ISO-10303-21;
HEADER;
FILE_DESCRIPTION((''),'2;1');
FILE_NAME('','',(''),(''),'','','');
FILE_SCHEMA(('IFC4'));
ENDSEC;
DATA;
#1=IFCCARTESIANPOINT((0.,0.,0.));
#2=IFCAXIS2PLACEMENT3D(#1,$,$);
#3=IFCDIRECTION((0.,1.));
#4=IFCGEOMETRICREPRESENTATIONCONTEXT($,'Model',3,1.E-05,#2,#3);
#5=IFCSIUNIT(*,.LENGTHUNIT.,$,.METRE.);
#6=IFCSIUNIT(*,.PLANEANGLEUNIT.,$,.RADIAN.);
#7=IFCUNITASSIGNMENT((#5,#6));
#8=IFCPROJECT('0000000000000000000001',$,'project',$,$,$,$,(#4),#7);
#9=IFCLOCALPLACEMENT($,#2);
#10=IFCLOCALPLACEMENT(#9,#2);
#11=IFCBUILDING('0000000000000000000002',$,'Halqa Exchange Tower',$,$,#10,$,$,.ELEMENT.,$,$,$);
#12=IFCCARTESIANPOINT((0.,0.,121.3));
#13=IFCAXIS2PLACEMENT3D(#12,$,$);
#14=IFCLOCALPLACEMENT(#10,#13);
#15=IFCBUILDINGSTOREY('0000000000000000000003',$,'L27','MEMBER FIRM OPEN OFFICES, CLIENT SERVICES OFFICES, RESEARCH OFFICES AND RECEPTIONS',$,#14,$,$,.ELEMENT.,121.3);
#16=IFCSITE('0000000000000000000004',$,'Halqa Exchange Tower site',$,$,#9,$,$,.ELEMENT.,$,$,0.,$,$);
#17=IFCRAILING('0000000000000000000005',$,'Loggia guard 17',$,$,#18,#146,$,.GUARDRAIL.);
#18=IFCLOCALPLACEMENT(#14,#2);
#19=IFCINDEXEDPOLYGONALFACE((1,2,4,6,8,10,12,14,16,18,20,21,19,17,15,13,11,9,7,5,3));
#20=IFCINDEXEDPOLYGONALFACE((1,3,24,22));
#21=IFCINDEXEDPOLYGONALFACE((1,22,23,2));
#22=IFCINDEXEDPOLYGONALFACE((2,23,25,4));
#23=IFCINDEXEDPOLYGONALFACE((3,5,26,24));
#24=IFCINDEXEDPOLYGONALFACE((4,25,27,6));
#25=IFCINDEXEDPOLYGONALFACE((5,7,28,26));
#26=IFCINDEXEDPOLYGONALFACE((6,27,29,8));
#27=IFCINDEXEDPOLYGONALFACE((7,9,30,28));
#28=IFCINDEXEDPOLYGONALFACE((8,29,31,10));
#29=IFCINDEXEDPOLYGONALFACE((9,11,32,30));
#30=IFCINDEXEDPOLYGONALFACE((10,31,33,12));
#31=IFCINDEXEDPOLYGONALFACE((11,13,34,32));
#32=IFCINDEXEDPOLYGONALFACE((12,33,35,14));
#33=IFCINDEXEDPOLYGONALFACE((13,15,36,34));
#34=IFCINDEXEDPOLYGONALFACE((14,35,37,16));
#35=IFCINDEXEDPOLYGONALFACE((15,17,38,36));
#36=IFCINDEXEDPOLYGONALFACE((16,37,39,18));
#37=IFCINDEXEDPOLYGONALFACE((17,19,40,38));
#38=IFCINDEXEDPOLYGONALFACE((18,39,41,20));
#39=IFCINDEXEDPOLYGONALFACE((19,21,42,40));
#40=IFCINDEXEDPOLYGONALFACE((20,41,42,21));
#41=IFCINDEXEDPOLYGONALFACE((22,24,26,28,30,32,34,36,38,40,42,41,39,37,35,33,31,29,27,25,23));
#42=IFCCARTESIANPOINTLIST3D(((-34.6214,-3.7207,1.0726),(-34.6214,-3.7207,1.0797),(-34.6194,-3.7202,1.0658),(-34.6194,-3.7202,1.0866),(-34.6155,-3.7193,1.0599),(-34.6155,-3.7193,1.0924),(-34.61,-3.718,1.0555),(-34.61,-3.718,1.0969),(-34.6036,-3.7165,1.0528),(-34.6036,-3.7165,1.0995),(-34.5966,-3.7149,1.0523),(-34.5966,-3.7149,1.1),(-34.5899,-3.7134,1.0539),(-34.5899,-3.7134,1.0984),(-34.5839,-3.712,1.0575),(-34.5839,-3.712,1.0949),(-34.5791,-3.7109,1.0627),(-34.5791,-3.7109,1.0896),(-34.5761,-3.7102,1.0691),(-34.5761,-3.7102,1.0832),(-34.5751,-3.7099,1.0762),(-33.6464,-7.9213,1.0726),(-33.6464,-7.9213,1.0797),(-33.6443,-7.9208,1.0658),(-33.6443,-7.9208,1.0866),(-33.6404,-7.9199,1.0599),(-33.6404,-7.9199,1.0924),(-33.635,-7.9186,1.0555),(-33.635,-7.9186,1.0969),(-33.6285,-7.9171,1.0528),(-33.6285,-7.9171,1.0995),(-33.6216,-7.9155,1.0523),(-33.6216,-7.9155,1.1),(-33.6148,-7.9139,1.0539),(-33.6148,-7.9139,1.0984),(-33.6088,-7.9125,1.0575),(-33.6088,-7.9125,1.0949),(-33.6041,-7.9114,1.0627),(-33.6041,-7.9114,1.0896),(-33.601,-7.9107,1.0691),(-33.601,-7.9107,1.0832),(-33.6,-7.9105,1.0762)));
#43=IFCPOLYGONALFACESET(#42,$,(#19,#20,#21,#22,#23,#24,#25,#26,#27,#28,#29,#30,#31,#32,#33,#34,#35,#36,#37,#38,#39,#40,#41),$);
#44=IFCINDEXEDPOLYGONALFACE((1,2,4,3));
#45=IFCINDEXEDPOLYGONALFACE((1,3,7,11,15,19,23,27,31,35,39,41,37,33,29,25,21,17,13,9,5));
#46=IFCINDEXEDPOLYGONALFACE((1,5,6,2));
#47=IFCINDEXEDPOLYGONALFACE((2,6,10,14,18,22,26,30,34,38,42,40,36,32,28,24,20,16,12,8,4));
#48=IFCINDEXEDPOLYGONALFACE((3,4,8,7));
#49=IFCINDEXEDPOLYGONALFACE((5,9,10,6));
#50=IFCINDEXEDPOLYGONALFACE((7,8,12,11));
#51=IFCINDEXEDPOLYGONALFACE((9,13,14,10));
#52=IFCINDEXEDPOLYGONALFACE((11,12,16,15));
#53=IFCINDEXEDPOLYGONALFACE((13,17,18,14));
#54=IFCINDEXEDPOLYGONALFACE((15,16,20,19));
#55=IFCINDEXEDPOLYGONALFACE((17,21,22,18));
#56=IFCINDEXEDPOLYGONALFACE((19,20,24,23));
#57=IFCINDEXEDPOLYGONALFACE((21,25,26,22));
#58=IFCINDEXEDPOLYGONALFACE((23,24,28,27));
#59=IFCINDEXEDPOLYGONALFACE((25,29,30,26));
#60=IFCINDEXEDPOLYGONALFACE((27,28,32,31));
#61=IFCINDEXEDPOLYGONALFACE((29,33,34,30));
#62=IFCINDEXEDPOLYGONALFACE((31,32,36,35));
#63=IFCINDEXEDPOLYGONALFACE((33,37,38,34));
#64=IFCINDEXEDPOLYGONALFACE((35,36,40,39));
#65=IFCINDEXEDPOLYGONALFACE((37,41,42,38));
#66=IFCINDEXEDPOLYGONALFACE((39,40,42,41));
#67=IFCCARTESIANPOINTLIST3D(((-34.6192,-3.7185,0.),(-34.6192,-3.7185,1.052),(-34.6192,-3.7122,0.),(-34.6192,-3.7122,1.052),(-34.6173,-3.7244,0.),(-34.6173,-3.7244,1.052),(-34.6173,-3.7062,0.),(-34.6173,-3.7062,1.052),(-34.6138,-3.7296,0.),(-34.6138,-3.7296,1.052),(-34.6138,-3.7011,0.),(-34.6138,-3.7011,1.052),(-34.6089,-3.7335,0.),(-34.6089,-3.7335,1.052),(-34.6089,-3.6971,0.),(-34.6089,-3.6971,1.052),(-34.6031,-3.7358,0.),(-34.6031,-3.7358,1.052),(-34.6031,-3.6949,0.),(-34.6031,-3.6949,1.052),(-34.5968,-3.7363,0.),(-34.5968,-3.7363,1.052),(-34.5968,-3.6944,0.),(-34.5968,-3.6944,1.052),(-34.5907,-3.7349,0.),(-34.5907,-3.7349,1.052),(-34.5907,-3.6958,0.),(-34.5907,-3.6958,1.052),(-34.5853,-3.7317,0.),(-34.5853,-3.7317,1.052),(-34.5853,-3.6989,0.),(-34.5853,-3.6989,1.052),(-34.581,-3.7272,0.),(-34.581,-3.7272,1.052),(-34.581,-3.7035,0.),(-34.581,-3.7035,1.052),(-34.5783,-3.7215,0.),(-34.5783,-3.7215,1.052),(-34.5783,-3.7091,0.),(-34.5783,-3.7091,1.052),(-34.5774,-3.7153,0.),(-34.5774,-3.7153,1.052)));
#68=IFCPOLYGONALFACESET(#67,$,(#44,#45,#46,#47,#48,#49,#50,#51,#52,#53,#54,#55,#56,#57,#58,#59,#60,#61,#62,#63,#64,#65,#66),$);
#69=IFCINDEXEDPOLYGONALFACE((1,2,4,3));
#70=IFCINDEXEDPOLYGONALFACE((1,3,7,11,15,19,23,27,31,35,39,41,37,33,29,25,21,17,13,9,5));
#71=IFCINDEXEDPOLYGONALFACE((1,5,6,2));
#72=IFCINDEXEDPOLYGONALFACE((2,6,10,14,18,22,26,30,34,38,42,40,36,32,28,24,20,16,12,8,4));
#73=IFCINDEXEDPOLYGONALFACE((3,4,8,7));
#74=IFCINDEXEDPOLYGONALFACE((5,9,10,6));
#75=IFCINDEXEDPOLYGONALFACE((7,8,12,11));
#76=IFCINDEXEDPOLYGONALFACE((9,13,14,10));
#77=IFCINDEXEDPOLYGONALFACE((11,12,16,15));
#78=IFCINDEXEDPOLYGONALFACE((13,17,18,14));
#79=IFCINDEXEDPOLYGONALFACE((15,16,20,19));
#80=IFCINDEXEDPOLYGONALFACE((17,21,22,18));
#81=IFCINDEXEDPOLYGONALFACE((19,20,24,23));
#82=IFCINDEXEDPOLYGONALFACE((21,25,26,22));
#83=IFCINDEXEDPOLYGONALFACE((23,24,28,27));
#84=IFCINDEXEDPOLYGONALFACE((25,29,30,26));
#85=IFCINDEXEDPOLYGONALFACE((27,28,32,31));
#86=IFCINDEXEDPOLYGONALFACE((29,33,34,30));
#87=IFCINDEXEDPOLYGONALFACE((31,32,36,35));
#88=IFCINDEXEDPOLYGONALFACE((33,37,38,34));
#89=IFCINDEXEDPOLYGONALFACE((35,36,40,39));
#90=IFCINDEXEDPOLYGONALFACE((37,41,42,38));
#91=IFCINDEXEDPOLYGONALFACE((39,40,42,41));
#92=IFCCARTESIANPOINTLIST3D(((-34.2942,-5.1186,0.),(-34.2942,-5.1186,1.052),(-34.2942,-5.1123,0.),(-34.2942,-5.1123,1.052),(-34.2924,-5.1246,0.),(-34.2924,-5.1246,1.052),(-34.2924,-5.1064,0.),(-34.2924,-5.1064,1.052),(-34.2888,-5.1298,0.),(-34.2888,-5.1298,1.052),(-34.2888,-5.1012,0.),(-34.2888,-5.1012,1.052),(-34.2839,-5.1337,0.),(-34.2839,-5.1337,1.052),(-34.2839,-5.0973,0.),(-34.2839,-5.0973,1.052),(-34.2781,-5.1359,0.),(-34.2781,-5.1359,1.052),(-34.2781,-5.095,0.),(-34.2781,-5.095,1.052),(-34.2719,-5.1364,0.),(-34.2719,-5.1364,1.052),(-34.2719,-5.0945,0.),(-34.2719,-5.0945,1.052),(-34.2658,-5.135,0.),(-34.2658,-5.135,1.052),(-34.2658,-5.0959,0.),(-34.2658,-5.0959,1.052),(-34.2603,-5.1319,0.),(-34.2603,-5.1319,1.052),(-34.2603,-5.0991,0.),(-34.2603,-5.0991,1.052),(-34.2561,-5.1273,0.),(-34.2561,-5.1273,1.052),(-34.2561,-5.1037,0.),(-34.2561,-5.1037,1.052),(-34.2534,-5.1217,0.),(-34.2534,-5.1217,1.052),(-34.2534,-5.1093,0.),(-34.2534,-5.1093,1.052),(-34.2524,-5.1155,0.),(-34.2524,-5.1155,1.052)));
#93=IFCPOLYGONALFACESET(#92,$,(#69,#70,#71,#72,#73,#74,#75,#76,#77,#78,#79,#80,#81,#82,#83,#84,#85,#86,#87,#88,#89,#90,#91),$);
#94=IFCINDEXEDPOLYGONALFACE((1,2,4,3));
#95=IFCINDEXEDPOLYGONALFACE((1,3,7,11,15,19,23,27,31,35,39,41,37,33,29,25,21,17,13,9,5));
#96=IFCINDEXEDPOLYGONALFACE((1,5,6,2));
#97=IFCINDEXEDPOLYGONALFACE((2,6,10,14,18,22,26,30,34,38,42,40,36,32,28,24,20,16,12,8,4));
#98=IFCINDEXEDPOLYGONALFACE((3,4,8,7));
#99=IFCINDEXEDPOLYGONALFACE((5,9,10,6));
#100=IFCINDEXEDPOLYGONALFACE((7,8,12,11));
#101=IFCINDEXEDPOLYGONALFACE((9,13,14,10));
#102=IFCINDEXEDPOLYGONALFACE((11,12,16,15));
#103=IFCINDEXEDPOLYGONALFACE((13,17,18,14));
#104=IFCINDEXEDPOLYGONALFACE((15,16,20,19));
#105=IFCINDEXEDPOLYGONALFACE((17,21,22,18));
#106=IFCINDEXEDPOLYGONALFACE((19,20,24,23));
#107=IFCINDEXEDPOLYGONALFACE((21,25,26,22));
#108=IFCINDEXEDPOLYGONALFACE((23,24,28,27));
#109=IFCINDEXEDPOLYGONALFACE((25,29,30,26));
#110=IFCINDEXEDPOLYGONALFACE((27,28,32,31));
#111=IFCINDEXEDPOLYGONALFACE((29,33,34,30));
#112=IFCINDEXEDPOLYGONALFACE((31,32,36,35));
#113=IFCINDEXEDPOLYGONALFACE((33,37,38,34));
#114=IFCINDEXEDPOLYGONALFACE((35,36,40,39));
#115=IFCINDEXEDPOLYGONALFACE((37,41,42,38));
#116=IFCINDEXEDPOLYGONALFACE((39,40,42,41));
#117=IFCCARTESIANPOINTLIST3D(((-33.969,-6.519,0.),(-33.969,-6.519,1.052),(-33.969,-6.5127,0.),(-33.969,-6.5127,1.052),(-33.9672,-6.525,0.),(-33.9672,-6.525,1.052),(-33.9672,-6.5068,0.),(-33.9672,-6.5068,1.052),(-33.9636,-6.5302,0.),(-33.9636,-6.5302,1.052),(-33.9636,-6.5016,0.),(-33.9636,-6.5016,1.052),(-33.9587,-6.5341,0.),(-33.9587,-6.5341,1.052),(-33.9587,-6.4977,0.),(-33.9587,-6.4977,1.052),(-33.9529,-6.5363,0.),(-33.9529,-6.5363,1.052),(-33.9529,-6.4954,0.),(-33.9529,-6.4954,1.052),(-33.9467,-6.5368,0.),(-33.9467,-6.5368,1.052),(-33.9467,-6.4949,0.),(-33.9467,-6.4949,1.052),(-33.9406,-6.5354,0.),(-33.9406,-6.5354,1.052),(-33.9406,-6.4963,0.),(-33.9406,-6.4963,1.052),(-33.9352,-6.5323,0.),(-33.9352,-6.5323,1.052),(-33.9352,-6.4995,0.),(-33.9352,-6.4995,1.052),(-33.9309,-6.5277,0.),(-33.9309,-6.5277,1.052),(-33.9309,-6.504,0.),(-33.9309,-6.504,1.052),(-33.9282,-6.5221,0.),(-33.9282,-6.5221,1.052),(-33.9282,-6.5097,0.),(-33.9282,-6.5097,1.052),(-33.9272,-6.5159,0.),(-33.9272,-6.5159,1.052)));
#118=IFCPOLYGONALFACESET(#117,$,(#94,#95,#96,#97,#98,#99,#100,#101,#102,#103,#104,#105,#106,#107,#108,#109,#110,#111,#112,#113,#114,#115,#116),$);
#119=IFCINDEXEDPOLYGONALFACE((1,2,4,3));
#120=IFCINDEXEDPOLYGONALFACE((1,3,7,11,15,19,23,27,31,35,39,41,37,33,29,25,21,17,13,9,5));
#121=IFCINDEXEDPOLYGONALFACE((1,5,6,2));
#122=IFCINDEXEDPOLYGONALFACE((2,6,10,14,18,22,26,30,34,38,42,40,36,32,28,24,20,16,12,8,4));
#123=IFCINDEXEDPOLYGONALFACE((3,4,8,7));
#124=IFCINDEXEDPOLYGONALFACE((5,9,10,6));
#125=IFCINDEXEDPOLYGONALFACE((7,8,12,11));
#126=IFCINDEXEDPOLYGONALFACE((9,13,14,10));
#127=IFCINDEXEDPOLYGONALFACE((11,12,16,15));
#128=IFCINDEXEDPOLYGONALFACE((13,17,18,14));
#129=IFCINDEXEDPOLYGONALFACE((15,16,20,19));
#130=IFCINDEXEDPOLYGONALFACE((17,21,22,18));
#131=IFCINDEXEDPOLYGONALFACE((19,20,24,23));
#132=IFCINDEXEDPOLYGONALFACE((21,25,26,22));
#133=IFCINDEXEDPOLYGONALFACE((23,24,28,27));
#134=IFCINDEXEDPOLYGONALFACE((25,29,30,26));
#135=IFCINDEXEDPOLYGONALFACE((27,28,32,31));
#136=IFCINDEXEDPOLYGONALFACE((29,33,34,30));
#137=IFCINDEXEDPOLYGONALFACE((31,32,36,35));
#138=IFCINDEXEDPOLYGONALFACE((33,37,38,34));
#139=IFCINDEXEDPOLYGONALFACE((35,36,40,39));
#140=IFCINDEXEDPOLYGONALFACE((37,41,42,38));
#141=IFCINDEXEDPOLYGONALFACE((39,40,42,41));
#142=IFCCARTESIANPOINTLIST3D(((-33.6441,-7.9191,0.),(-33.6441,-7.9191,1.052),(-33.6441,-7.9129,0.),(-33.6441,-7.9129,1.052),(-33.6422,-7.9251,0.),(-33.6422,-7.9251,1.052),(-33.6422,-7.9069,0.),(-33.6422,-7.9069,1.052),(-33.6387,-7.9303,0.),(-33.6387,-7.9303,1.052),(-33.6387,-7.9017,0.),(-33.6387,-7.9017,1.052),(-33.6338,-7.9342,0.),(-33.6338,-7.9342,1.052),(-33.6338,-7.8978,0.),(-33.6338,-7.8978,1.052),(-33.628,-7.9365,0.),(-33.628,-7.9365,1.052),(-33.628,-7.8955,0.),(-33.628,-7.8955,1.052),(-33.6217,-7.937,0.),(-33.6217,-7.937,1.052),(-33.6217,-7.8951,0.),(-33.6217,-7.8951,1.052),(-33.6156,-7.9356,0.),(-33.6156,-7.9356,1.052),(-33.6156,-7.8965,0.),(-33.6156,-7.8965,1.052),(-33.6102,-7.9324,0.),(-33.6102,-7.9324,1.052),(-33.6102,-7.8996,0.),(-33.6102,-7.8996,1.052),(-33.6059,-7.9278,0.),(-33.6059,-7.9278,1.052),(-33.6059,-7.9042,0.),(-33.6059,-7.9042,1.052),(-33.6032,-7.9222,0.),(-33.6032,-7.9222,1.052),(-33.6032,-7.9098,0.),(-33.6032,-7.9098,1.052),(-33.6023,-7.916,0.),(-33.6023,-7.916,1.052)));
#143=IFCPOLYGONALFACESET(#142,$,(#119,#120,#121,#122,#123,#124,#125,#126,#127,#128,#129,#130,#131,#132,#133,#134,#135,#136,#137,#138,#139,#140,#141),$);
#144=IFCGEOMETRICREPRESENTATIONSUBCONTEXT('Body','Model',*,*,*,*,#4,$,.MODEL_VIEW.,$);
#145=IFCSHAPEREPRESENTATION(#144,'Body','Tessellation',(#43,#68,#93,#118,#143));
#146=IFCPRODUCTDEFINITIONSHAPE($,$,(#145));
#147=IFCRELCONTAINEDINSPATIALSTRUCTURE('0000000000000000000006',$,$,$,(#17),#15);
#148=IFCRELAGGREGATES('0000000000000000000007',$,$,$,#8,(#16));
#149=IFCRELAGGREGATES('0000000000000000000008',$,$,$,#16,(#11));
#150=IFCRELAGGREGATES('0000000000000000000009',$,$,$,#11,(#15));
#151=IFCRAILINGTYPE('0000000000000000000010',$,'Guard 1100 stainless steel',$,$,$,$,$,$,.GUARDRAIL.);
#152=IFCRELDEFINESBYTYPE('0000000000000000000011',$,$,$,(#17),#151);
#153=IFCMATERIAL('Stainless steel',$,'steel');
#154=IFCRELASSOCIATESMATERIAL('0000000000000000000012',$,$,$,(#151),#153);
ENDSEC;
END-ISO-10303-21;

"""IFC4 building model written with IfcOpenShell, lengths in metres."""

from ifc_helpers import new_model, si_unit, direction, frame, origin, origin_2d, place, context, subcontext, project, spatial, circle, extrude, material, type_object, element, save


model = new_model("IFC4")

# Units and contexts
model_context = context("Model", 3, precision=1e-05, world=origin(), true_north=direction((0.0, 1.0)))
body_context = subcontext(model_context, "Body", "Model", "MODEL_VIEW")
ifc_project = project(units=[si_unit("LENGTHUNIT", "METRE"), si_unit("PLANEANGLEUNIT", "RADIAN")], contexts=[model_context])

# Site, building, storey
site_placement = place(None, origin())
site = spatial("IfcSite", under=ifc_project, at=site_placement, Name="Halqa Exchange Tower site", CompositionType="ELEMENT", RefElevation=0.0)
building_placement = place(site_placement, origin())
building = spatial("IfcBuilding", under=site, at=building_placement, Name="Halqa Exchange Tower", CompositionType="ELEMENT")
storey_placement = place(building_placement, frame((0.0, 0.0, 121.3)))
storey = spatial("IfcBuildingStorey", under=building, at=storey_placement, Name="L27", Description="MEMBER FIRM OPEN OFFICES, CLIENT SERVICES OFFICES, RESEARCH OFFICES AND RECEPTIONS", CompositionType="ELEMENT", Elevation=121.3)

# Railing
ifc_material_1 = material(Name="Stainless steel", Category="steel")
railing_type = type_object("IfcRailingType", Name="Guard 1100 stainless steel", PredefinedType="GUARDRAIL", material=ifc_material_1)
railing_1_placement = place(storey_placement, frame((-34.5984, -3.7153, 0.0)))
element("IfcRailing", 1, at=railing_1_placement, inside=storey, type_object=railing_type, Name="Loggia guard 17", PredefinedType="GUARDRAIL", context=body_context, shape_type="SweptSolid", body=[
    extrude(circle(Radius=0.0239, at=origin_2d()), frame((0.0, 0.0, 1.0762), z_axis=(0.226116, -0.9741, 0.0), x_axis=(0.9741, 0.226116, 0.0)), (0.0, 0.0, 1.0), 4.3123),
    extrude(circle(Radius=0.021, at=origin_2d()), origin(), (0.0, 0.0, 1.0), 1.052),
    extrude(circle(Radius=0.021, at=origin_2d()), frame((0.325, -1.4001, 0.0)), (0.0, 0.0, 1.0), 1.052),
    extrude(circle(Radius=0.021, at=origin_2d()), frame((0.6501, -2.8005, 0.0)), (0.0, 0.0, 1.0), 1.052),
    extrude(circle(Radius=0.021, at=origin_2d()), frame((0.9751, -4.2007, 0.0)), (0.0, 0.0, 1.0), 1.052),
])

save(model, "model.ifc")
